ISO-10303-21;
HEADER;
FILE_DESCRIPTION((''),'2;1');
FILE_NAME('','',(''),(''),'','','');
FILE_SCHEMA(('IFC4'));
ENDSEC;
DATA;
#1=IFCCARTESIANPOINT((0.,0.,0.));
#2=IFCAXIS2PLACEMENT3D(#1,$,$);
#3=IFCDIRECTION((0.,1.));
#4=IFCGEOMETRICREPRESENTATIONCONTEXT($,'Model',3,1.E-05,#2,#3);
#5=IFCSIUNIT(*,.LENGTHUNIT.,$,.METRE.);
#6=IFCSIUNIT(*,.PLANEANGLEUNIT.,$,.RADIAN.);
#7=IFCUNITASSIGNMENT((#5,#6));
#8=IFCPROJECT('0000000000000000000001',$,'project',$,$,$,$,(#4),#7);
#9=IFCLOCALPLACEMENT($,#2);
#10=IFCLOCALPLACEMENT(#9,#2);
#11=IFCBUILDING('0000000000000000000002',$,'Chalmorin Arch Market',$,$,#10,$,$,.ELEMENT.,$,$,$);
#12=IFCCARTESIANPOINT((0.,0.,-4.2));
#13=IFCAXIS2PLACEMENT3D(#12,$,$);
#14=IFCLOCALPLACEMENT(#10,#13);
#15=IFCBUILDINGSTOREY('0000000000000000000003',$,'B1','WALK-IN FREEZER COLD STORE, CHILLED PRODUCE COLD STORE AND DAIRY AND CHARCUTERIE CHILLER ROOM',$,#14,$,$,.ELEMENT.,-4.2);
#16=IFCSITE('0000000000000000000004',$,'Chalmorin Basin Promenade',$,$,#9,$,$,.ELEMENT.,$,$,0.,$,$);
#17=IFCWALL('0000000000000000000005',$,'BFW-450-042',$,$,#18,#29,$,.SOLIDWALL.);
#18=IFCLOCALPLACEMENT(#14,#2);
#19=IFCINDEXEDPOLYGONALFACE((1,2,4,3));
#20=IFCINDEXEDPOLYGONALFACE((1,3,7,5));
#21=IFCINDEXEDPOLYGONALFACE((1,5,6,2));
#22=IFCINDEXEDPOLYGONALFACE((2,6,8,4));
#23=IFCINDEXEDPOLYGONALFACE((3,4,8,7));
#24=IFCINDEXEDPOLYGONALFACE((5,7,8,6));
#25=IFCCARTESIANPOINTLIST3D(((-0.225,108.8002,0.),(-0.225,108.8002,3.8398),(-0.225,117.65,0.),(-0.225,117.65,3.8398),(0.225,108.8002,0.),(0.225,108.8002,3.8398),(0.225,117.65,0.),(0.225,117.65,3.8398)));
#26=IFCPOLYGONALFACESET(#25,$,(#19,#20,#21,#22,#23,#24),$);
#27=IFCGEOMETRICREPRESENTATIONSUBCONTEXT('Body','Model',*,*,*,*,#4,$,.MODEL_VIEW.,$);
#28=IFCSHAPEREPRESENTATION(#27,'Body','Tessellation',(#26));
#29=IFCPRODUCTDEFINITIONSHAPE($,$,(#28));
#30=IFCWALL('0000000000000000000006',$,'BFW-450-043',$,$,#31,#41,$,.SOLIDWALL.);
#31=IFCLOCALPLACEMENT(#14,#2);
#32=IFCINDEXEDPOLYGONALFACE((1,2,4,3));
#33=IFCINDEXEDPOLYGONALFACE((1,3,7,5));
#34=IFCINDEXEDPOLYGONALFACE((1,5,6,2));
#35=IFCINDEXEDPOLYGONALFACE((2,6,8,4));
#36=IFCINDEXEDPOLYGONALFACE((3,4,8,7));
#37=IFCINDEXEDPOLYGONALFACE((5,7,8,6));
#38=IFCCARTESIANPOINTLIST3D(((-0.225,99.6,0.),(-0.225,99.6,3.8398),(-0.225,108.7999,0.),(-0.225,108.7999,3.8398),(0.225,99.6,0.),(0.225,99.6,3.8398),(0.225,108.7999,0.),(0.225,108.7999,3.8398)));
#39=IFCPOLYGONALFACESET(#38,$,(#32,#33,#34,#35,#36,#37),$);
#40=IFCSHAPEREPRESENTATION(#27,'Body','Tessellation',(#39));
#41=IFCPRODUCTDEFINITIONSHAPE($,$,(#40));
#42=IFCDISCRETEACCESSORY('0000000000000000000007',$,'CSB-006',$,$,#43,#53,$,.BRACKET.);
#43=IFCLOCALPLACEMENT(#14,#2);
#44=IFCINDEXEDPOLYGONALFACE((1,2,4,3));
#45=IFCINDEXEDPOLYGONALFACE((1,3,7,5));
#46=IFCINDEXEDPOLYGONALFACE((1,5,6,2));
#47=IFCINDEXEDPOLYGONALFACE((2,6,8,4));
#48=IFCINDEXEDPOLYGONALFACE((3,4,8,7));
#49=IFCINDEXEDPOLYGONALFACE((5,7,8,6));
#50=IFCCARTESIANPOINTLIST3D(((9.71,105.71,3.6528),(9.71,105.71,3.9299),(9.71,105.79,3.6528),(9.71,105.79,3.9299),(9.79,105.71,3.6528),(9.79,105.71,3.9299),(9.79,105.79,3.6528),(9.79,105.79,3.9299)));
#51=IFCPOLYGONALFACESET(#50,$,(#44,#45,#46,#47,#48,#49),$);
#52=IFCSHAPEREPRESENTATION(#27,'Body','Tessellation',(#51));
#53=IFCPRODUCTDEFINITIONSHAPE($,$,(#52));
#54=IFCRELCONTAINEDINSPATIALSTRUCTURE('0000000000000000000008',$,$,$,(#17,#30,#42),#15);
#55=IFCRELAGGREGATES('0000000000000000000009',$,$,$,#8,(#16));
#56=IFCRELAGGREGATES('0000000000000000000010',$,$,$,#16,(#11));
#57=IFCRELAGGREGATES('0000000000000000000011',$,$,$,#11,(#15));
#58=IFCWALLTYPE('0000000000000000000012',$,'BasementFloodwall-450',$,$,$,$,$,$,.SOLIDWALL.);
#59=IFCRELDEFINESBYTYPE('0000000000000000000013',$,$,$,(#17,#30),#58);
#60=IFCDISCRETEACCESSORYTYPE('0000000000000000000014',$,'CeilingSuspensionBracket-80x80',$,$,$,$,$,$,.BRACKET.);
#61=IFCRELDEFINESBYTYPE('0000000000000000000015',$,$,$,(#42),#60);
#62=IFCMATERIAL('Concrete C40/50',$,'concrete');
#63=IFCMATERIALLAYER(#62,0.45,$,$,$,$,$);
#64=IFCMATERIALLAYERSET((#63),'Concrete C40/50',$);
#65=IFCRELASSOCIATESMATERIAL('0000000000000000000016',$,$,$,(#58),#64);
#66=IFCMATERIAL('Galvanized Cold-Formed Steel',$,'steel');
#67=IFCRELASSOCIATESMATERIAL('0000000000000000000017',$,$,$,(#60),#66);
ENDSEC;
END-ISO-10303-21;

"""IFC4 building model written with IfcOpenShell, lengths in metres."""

from ifc_helpers import new_model, si_unit, direction, frame, frame_2d, origin, origin_2d, place, context, subcontext, project, spatial, rectangle, extrude, material, layer, layer_set, type_object, element, save


model = new_model("IFC4")

# Units and contexts
model_context = context("Model", 3, precision=1e-05, world=origin(), true_north=direction((0.0, 1.0)))
body_context = subcontext(model_context, "Body", "Model", "MODEL_VIEW")
ifc_project = project(units=[si_unit("LENGTHUNIT", "METRE"), si_unit("PLANEANGLEUNIT", "RADIAN")], contexts=[model_context])

# Site, building, storey
site_placement = place(None, origin())
site = spatial("IfcSite", under=ifc_project, at=site_placement, Name="Chalmorin Basin Promenade", CompositionType="ELEMENT", RefElevation=0.0)
building_placement = place(site_placement, origin())
building = spatial("IfcBuilding", under=site, at=building_placement, Name="Chalmorin Arch Market", CompositionType="ELEMENT")
storey_placement = place(building_placement, frame((0.0, 0.0, -4.2)))
storey = spatial("IfcBuildingStorey", under=building, at=storey_placement, Name="B1", Description="WALK-IN FREEZER COLD STORE, CHILLED PRODUCE COLD STORE AND DAIRY AND CHARCUTERIE CHILLER ROOM", CompositionType="ELEMENT", Elevation=-4.2)

# Shared definitions
ifc_material_1 = material(Name="Concrete C40/50", Category="concrete")

# Walls
ifc_layer_1 = layer(ifc_material_1, 0.45)
ifc_layer_set_1 = layer_set([ifc_layer_1], Name="Concrete C40/50")
wall_type = type_object("IfcWallType", Name="BasementFloodwall-450", PredefinedType="SOLIDWALL", material=ifc_layer_set_1)
wall_1_placement = place(storey_placement, frame((0.0, 117.6499, 0.0), z_axis=(0.0, 0.0, 1.0), x_axis=(0.0, -1.0, 0.0)))
element("IfcWall", 1, at=wall_1_placement, inside=storey, type_object=wall_type, Name="BFW-450-042", PredefinedType="SOLIDWALL", context=body_context, shape_type="SweptSolid", body=[
    extrude(rectangle(XDim=8.8499, YDim=0.45, at=frame_2d((4.4248, 0.0))), origin(), (0.0, 0.0, 1.0), 3.8398),
])
wall_2_placement = place(storey_placement, frame((0.0, 108.8, 0.0), z_axis=(0.0, 0.0, 1.0), x_axis=(0.0, -1.0, 0.0)))
element("IfcWall", 2, at=wall_2_placement, inside=storey, type_object=wall_type, Name="BFW-450-043", PredefinedType="SOLIDWALL", context=body_context, shape_type="SweptSolid", body=[
    extrude(rectangle(XDim=9.2, YDim=0.45, at=frame_2d((4.6001, 0.0))), origin(), (0.0, 0.0, 1.0), 3.8398),
])

# Discrete accessory
ifc_material_2 = material(Name="Galvanized Cold-Formed Steel", Category="steel")
discrete_accessory_type = type_object("IfcDiscreteAccessoryType", Name="CeilingSuspensionBracket-80x80", PredefinedType="BRACKET", material=ifc_material_2)
discrete_accessory_placement = place(storey_placement, frame((9.75, 105.75, 3.6528), z_axis=(0.0, 0.0, 1.0), x_axis=(1.0, 0.0, 0.0)))
element("IfcDiscreteAccessory", 3, at=discrete_accessory_placement, inside=storey, type_object=discrete_accessory_type, Name="CSB-006", PredefinedType="BRACKET", context=body_context, shape_type="SweptSolid", body=[
    extrude(rectangle(XDim=0.0801, YDim=0.0801, at=origin_2d()), origin(), (0.0, 0.0, 1.0), 0.2771),
])

save(model, "model.ifc")
